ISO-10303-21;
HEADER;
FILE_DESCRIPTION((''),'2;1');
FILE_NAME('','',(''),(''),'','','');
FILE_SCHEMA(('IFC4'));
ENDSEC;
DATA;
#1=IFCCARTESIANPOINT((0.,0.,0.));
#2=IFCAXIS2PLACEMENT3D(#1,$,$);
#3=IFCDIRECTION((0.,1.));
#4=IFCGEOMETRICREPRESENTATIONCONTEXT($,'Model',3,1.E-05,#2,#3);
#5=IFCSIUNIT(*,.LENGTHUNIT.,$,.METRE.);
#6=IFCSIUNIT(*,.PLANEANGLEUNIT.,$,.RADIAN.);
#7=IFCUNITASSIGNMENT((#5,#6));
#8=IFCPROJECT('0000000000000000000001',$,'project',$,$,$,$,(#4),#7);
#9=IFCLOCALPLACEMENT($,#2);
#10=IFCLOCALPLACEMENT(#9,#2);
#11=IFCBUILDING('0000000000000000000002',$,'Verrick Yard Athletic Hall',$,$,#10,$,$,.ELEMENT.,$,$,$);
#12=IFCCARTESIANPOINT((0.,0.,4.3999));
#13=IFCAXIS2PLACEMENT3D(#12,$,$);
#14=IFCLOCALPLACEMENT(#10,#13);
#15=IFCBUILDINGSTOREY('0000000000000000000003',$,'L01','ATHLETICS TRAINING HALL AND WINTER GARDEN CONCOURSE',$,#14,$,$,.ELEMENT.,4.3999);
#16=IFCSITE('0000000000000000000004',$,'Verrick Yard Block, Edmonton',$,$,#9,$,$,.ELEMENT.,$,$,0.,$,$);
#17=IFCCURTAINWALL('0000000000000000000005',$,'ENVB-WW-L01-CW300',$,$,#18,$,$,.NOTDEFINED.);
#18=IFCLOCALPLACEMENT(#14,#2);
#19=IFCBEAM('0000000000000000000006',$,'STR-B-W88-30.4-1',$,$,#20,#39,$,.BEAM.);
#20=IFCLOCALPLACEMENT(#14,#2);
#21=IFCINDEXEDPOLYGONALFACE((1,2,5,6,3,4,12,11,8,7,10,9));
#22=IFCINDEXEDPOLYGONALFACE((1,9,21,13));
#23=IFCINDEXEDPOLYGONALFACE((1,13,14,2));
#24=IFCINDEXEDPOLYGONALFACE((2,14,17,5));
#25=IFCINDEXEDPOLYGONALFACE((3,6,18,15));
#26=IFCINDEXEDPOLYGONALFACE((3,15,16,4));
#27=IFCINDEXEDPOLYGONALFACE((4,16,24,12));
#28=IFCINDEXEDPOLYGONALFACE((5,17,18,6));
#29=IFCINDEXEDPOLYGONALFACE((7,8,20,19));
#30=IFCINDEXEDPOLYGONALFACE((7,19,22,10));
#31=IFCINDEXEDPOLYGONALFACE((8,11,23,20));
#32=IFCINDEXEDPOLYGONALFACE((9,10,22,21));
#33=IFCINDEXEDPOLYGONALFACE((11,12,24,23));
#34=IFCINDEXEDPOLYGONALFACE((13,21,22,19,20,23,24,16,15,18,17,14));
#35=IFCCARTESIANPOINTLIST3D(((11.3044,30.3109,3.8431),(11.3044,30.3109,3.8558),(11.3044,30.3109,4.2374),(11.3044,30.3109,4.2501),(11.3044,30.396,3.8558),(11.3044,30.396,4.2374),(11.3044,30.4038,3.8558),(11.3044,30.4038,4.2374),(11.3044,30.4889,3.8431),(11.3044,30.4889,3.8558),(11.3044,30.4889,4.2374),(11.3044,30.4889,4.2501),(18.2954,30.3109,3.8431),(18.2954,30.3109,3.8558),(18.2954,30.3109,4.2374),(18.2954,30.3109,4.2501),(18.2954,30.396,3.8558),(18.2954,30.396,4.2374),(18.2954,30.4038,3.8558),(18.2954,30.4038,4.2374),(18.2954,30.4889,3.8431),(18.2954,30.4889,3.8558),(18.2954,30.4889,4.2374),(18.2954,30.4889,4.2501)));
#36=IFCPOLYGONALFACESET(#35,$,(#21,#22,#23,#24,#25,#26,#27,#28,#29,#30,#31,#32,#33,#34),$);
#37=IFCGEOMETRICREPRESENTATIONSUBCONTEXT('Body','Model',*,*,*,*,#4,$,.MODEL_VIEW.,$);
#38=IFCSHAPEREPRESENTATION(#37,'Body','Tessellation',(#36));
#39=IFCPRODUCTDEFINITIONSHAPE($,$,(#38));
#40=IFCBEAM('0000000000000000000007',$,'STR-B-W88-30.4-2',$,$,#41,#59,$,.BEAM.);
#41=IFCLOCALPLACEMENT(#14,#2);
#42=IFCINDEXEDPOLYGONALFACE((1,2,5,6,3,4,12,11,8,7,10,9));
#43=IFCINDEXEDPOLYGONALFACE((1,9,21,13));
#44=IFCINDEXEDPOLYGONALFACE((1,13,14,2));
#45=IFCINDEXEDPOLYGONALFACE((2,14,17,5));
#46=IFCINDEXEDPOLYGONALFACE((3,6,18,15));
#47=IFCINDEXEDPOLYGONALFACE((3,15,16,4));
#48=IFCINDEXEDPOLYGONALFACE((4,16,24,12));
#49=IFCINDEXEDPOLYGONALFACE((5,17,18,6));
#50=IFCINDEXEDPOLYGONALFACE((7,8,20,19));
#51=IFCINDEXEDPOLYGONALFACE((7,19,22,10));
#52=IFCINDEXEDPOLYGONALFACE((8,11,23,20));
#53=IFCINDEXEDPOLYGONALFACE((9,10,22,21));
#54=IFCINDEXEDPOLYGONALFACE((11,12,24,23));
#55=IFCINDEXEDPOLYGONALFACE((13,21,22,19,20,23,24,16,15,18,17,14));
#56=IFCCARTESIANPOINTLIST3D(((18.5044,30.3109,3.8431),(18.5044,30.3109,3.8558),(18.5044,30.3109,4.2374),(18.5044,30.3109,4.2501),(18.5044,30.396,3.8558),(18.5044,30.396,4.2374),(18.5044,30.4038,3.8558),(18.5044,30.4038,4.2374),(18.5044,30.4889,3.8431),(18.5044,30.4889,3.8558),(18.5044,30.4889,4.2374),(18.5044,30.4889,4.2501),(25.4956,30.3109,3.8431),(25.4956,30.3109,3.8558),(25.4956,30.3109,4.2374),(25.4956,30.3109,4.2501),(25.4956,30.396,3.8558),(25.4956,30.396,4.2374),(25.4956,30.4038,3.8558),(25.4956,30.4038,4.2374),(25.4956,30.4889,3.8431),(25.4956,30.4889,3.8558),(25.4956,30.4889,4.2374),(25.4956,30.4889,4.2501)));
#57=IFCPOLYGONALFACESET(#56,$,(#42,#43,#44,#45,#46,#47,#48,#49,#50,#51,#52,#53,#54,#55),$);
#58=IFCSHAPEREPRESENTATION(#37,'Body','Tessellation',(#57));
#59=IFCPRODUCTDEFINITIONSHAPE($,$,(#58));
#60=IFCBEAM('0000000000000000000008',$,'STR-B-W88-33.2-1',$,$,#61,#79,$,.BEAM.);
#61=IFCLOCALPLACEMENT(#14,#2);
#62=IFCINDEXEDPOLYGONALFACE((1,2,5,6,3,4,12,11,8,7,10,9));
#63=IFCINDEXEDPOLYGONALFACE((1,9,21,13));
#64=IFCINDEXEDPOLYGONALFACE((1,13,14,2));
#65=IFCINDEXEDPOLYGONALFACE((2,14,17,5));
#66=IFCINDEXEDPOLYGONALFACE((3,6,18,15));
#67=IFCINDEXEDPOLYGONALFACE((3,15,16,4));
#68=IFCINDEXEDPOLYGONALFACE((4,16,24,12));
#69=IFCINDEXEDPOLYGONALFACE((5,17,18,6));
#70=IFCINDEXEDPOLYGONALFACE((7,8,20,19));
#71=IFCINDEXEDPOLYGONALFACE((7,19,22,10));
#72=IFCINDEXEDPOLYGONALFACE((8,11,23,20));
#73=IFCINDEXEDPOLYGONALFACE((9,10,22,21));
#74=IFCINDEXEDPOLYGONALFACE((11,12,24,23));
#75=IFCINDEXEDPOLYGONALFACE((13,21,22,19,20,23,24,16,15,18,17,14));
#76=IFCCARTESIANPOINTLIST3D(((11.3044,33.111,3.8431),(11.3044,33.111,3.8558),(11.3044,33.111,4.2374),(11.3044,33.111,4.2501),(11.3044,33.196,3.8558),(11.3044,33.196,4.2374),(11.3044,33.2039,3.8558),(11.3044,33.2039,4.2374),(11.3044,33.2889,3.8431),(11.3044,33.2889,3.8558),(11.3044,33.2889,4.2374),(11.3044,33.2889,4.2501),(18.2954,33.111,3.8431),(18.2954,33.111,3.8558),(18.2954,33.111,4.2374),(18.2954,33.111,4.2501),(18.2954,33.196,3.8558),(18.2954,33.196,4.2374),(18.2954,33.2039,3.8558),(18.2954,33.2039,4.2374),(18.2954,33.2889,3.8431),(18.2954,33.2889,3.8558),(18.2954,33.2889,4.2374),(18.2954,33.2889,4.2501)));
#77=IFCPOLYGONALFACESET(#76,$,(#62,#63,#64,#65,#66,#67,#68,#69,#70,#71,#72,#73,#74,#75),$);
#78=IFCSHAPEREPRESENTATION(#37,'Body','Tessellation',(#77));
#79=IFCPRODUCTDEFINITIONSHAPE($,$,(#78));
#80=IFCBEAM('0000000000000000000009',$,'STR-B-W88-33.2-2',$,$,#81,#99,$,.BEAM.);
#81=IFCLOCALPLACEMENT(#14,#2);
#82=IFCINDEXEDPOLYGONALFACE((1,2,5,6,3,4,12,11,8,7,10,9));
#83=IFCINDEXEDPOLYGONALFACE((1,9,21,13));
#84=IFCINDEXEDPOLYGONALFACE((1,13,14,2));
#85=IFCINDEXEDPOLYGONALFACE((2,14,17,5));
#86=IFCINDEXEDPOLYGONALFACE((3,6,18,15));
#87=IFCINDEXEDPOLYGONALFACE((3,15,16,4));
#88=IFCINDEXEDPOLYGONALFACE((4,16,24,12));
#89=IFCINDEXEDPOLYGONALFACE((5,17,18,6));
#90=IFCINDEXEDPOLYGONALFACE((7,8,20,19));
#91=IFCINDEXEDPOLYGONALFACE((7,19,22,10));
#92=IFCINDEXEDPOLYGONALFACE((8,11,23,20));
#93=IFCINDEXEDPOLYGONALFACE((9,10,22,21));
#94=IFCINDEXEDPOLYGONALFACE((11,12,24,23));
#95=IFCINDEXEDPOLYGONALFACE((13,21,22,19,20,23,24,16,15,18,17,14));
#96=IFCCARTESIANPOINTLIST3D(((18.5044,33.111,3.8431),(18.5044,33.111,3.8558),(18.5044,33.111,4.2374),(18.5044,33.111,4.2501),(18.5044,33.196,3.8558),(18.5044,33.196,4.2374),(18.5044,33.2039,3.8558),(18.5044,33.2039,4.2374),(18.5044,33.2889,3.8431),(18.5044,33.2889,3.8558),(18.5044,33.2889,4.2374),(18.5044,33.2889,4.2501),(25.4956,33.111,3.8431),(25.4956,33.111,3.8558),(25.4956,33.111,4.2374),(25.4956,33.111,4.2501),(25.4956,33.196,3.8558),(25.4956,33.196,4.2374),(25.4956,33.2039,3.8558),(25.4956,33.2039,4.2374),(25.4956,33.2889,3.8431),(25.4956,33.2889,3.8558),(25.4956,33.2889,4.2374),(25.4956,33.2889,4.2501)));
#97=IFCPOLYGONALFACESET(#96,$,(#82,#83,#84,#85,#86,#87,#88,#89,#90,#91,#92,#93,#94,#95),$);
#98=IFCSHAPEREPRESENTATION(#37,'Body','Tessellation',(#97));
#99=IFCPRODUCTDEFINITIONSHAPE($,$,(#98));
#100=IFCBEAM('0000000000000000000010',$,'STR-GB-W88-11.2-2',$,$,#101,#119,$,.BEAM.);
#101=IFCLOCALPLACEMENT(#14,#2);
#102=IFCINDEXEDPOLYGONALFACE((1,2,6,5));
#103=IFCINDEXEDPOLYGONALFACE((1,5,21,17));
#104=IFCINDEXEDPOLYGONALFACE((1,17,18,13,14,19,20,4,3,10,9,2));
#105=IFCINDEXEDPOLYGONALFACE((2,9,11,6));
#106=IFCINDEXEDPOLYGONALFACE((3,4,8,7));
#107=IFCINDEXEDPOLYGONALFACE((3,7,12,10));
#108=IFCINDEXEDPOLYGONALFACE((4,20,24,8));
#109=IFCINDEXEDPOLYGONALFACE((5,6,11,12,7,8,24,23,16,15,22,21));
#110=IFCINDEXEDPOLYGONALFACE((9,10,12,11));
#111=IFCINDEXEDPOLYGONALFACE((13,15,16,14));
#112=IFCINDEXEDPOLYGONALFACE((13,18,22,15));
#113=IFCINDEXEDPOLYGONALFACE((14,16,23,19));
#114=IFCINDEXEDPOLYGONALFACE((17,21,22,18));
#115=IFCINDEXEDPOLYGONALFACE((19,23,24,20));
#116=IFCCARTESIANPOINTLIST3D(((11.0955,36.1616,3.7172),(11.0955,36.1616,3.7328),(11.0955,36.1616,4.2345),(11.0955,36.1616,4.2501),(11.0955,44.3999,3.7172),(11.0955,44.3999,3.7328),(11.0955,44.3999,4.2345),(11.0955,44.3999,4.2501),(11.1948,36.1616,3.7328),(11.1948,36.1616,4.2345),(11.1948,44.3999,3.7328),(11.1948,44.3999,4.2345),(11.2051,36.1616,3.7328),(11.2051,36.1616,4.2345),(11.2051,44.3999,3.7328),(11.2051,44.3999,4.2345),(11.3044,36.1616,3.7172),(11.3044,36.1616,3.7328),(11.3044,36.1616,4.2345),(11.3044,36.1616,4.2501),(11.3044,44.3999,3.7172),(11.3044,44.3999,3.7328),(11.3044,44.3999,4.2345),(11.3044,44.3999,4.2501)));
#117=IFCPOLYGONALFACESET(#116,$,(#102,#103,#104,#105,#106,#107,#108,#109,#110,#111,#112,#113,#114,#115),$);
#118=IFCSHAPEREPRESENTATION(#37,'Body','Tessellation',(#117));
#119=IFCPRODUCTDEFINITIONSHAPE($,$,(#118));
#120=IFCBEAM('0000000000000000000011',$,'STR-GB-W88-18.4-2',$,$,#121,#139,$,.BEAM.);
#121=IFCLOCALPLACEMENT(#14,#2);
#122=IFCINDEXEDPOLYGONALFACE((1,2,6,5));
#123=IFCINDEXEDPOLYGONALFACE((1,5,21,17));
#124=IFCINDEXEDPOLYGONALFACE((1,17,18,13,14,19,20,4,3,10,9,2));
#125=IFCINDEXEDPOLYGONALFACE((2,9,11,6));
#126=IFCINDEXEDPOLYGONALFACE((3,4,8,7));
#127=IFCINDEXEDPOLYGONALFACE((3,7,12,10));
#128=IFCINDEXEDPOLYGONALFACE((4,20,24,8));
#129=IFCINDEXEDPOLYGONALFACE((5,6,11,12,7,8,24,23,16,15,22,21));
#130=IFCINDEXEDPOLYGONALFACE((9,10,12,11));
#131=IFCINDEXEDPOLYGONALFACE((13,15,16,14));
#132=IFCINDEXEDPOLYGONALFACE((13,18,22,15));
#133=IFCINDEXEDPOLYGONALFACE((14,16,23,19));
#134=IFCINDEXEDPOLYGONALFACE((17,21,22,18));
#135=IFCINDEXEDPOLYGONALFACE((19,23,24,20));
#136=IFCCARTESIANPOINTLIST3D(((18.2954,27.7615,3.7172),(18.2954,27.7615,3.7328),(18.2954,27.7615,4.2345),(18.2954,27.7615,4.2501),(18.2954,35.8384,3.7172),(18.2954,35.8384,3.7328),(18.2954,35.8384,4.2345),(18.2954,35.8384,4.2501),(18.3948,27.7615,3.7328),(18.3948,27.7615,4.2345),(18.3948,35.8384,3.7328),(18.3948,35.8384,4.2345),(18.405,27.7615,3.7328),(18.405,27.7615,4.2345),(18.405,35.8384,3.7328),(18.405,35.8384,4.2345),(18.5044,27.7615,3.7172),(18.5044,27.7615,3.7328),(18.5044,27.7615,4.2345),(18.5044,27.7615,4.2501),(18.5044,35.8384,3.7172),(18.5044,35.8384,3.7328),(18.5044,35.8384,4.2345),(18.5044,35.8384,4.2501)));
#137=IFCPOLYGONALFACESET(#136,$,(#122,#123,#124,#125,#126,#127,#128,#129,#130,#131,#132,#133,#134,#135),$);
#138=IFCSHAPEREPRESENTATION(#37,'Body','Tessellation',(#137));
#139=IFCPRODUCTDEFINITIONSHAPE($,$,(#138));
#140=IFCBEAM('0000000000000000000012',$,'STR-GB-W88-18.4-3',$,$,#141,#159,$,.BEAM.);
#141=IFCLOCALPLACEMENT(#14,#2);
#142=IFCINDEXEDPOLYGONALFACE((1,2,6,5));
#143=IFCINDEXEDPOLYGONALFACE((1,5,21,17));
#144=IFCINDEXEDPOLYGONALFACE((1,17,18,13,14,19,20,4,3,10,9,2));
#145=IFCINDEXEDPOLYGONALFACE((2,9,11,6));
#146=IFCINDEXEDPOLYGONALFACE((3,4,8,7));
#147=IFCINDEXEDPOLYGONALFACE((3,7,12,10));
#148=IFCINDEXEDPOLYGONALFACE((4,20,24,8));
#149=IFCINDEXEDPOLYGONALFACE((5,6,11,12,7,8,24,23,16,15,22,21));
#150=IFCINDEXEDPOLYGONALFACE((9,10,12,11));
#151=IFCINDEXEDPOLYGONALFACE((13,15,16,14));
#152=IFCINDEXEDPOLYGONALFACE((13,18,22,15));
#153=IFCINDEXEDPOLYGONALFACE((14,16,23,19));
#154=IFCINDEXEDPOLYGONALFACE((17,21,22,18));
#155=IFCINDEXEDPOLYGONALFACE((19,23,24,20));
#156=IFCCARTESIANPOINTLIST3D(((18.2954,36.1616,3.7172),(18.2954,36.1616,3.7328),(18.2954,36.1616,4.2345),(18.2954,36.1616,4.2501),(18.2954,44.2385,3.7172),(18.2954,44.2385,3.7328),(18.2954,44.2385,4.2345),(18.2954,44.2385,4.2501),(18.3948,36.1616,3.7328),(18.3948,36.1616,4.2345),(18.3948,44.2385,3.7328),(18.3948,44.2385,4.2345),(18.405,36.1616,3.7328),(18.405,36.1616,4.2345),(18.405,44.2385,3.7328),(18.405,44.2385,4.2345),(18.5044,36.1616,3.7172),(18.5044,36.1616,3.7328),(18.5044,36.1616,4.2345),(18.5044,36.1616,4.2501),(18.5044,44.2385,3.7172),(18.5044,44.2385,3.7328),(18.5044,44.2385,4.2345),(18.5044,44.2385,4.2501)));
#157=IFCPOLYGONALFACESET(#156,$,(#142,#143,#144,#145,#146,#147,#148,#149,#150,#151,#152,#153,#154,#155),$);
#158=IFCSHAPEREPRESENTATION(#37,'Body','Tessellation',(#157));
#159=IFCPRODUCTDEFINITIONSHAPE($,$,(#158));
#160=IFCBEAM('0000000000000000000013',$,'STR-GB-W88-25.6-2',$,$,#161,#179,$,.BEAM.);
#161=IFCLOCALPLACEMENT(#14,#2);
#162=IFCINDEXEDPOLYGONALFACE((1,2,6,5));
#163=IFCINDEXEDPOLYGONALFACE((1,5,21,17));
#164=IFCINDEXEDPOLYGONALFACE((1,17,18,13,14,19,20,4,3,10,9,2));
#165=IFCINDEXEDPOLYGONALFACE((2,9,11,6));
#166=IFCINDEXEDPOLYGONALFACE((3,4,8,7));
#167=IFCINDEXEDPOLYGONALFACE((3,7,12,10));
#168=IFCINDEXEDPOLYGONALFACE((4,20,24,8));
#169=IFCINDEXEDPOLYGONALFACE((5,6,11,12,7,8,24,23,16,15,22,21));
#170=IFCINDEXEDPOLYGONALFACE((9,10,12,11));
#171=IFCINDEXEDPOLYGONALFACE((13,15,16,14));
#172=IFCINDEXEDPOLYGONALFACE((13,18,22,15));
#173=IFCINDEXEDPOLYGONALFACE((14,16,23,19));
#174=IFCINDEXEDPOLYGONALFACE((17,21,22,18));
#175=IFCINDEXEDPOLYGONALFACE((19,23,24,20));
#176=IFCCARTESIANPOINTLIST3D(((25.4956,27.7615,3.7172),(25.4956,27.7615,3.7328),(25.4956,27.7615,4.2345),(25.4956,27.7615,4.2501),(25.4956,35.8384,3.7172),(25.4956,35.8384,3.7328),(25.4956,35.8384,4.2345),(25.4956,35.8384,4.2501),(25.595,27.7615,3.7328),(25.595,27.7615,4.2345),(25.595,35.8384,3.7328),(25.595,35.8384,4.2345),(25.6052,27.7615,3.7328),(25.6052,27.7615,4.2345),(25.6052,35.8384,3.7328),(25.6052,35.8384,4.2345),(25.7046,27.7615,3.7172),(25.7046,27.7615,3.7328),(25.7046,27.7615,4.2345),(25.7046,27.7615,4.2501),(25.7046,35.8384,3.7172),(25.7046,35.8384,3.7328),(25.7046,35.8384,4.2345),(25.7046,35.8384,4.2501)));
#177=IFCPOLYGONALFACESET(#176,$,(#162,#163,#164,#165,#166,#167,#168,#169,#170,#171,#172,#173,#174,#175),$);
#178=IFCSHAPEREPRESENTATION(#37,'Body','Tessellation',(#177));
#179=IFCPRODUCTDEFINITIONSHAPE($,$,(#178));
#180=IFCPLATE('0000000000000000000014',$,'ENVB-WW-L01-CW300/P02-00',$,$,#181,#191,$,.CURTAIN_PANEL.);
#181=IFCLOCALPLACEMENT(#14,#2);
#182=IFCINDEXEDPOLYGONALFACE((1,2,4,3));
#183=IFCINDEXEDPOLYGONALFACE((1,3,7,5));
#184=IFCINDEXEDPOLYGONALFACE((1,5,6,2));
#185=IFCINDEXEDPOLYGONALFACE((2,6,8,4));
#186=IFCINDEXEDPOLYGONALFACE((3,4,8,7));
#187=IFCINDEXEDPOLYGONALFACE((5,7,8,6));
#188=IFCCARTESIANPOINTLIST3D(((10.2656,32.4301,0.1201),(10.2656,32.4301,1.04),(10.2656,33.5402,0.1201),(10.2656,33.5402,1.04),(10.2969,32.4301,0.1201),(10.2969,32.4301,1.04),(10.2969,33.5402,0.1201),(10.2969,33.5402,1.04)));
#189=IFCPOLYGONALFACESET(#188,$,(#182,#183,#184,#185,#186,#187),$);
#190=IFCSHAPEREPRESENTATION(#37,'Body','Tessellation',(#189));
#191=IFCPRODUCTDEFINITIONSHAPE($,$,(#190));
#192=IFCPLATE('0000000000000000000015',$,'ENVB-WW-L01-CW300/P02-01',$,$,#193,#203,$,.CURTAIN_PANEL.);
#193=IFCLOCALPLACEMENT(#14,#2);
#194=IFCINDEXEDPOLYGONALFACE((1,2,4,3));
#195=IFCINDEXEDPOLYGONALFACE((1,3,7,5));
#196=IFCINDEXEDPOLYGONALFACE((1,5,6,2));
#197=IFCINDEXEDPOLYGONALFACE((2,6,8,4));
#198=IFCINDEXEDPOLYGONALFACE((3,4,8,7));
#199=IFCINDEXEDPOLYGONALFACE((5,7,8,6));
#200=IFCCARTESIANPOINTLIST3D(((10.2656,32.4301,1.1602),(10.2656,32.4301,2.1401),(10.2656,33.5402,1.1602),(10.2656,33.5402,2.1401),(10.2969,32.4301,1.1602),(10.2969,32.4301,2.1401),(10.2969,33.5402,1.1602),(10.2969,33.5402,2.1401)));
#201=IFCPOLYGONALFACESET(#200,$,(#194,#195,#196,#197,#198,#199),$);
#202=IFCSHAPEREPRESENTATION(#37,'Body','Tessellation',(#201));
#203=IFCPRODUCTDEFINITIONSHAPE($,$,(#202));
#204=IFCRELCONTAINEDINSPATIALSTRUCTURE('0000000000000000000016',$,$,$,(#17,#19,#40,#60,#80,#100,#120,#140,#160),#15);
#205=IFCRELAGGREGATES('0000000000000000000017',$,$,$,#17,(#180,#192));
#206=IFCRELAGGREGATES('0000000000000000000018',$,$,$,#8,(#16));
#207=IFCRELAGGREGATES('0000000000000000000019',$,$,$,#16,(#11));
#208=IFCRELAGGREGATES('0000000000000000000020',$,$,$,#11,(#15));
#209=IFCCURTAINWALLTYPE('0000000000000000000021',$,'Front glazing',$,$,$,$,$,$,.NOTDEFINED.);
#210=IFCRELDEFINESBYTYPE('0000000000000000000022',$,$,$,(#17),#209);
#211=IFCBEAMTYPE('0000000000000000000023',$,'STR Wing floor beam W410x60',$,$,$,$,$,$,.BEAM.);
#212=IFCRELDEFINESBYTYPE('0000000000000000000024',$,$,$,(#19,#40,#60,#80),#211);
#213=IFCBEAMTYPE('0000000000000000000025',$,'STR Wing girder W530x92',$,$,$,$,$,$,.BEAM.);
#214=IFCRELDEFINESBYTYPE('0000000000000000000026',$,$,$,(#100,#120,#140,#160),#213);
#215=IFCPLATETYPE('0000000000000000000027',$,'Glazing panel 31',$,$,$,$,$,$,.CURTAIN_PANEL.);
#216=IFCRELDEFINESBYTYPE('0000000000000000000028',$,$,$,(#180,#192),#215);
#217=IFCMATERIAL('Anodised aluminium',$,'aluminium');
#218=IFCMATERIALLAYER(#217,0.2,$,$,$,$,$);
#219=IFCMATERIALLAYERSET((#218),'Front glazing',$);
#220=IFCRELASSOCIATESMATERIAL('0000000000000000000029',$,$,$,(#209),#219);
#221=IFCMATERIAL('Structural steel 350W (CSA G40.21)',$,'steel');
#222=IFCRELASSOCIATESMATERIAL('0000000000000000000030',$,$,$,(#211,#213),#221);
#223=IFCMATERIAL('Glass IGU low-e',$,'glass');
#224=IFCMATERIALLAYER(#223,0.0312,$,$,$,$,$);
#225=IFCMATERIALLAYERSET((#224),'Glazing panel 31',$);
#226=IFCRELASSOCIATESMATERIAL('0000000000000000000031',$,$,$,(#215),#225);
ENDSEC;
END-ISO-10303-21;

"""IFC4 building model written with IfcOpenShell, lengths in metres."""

from ifc_helpers import new_model, si_unit, direction, frame, origin, origin_2d, place, context, subcontext, project, spatial, rectangle, i_section, extrude, material, layer, layer_set, material_profile, profile_set, type_object, element, aggregate, save


model = new_model("IFC4")

# Units and contexts
model_context = context("Model", 3, precision=1e-05, world=origin(), true_north=direction((0.0, 1.0)))
body_context = subcontext(model_context, "Body", "Model", "MODEL_VIEW")
ifc_project = project(units=[si_unit("LENGTHUNIT", "METRE"), si_unit("PLANEANGLEUNIT", "RADIAN")], contexts=[model_context])

# Site, building, storey
site_placement = place(None, origin())
site = spatial("IfcSite", under=ifc_project, at=site_placement, Name="Verrick Yard Block, Edmonton", CompositionType="ELEMENT", RefElevation=0.0)
building_placement = place(site_placement, origin())
building = spatial("IfcBuilding", under=site, at=building_placement, Name="Verrick Yard Athletic Hall", CompositionType="ELEMENT")
storey_placement = place(building_placement, frame((0.0, 0.0, 4.3999)))
storey = spatial("IfcBuildingStorey", under=building, at=storey_placement, Name="L01", Description="ATHLETICS TRAINING HALL AND WINTER GARDEN CONCOURSE", CompositionType="ELEMENT", Elevation=4.3999)

# Shared definitions
ifc_material_1 = material(Name="Structural steel 350W (CSA G40.21)", Category="steel")

# Curtain wall
ifc_material_2 = material(Name="Anodised aluminium", Category="aluminium")
ifc_layer_1 = layer(ifc_material_2, 0.2)
ifc_layer_set_1 = layer_set([ifc_layer_1], Name="Front glazing")
curtain_wall_type = type_object("IfcCurtainWallType", Name="Front glazing", PredefinedType="NOTDEFINED", material=ifc_layer_set_1)
curtain_wall_1_placement = place(storey_placement, origin())
curtain_wall_1 = element("IfcCurtainWall", 1, at=curtain_wall_1_placement, inside=storey, type_object=curtain_wall_type, Name="ENVB-WW-L01-CW300", PredefinedType="NOTDEFINED")

# Beams
ifc_material_profile_1 = material_profile(ifc_material_1, i_section(OverallWidth=0.178, OverallDepth=0.407, WebThickness=0.0078, FlangeThickness=0.0127, at=origin_2d()), Name="W410x60")
ifc_profile_set_1 = profile_set([ifc_material_profile_1], Name="Structural steel 350W (CSA G40.21)")
beam_type_1 = type_object("IfcBeamType", Name="STR Wing floor beam W410x60", PredefinedType="BEAM", material=ifc_profile_set_1)
beam_1_placement = place(storey_placement, frame((11.3044, 30.3999, 4.0466), z_axis=(1.0, 0.0, 0.0), x_axis=(0.0, 1.0, 0.0)))
element("IfcBeam", 2, at=beam_1_placement, inside=storey, type_object=beam_type_1, Name="STR-B-W88-30.4-1", PredefinedType="BEAM", context=body_context, shape_type="SweptSolid", body=[
    extrude(i_section(OverallWidth=0.178, OverallDepth=0.407, WebThickness=0.0078, FlangeThickness=0.0127, at=origin_2d()), origin(), (0.0, 0.0, 1.0), 6.991),
])
beam_2_placement = place(storey_placement, frame((18.5044, 30.3999, 4.0466), z_axis=(1.0, 0.0, 0.0), x_axis=(0.0, 1.0, 0.0)))
element("IfcBeam", 3, at=beam_2_placement, inside=storey, type_object=beam_type_1, Name="STR-B-W88-30.4-2", PredefinedType="BEAM", context=body_context, shape_type="SweptSolid", body=[
    extrude(i_section(OverallWidth=0.178, OverallDepth=0.407, WebThickness=0.0078, FlangeThickness=0.0127, at=origin_2d()), origin(), (0.0, 0.0, 1.0), 6.9912),
])
beam_3_placement = place(storey_placement, frame((11.3044, 33.2, 4.0466), z_axis=(1.0, 0.0, 0.0), x_axis=(0.0, 1.0, 0.0)))
element("IfcBeam", 4, at=beam_3_placement, inside=storey, type_object=beam_type_1, Name="STR-B-W88-33.2-1", PredefinedType="BEAM", context=body_context, shape_type="SweptSolid", body=[
    extrude(i_section(OverallWidth=0.178, OverallDepth=0.407, WebThickness=0.0078, FlangeThickness=0.0127, at=origin_2d()), origin(), (0.0, 0.0, 1.0), 6.991),
])
beam_4_placement = place(storey_placement, frame((18.5044, 33.2, 4.0466), z_axis=(1.0, 0.0, 0.0), x_axis=(0.0, 1.0, 0.0)))
element("IfcBeam", 5, at=beam_4_placement, inside=storey, type_object=beam_type_1, Name="STR-B-W88-33.2-2", PredefinedType="BEAM", context=body_context, shape_type="SweptSolid", body=[
    extrude(i_section(OverallWidth=0.178, OverallDepth=0.407, WebThickness=0.0078, FlangeThickness=0.0127, at=origin_2d()), origin(), (0.0, 0.0, 1.0), 6.9912),
])
ifc_material_profile_2 = material_profile(ifc_material_1, i_section(OverallWidth=0.209, OverallDepth=0.533, WebThickness=0.0103, FlangeThickness=0.0156, at=origin_2d()), Name="W530x92")
ifc_profile_set_2 = profile_set([ifc_material_profile_2], Name="Structural steel 350W (CSA G40.21)")
beam_type_2 = type_object("IfcBeamType", Name="STR Wing girder W530x92", PredefinedType="BEAM", material=ifc_profile_set_2)
beam_5_placement = place(storey_placement, frame((11.2, 36.1616, 3.9836), z_axis=(0.0, 1.0, 0.0), x_axis=(-1.0, 0.0, 0.0)))
element("IfcBeam", 6, at=beam_5_placement, inside=storey, type_object=beam_type_2, Name="STR-GB-W88-11.2-2", PredefinedType="BEAM", context=body_context, shape_type="SweptSolid", body=[
    extrude(i_section(OverallWidth=0.209, OverallDepth=0.533, WebThickness=0.0103, FlangeThickness=0.0156, at=origin_2d()), origin(), (0.0, 0.0, 1.0), 8.2383),
])
for number, where, z_axis, x_axis, name in (
    (7, (18.3999, 27.7615, 3.9836), (0.0, 1.0, 0.0), (-1.0, 0.0, 0.0), "STR-GB-W88-18.4-2"),
    (8, (18.3999, 36.1616, 3.9836), (0.0, 1.0, 0.0), (-1.0, 0.0, 0.0), "STR-GB-W88-18.4-3"),
    (9, (25.6001, 27.7615, 3.9836), (0.0, 1.0, 0.0), (-1.0, 0.0, 0.0), "STR-GB-W88-25.6-2"),
):
    element("IfcBeam", number, at=place(storey_placement, frame(where, z_axis=z_axis, x_axis=x_axis)), inside=storey, type_object=beam_type_2, Name=name, PredefinedType="BEAM", context=body_context, shape_type="SweptSolid", body=[
        extrude(i_section(OverallWidth=0.209, OverallDepth=0.533, WebThickness=0.0103, FlangeThickness=0.0156, at=origin_2d()), origin(), (0.0, 0.0, 1.0), 8.0769),
    ])

# Plates
ifc_material_3 = material(Name="Glass IGU low-e", Category="glass")
ifc_layer_2 = layer(ifc_material_3, 0.0312)
ifc_layer_set_2 = layer_set([ifc_layer_2], Name="Glazing panel 31")
plate_type = type_object("IfcPlateType", Name="Glazing panel 31", PredefinedType="CURTAIN_PANEL", material=ifc_layer_set_2)
plate_1_placement = place(storey_placement, frame((10.2812, 32.9851, 0.1201), z_axis=(0.0, 0.0, 1.0), x_axis=(0.0, 1.0, 0.0)))
plate_1 = element("IfcPlate", 10, at=plate_1_placement, type_object=plate_type, Name="ENVB-WW-L01-CW300/P02-00", PredefinedType="CURTAIN_PANEL", context=body_context, shape_type="SweptSolid", body=[
    extrude(rectangle(XDim=1.1101, YDim=0.0312, at=origin_2d()), origin(), (0.0, 0.0, 1.0), 0.9199),
])
plate_2_placement = place(storey_placement, frame((10.2812, 32.9851, 1.1602), z_axis=(0.0, 0.0, 1.0), x_axis=(0.0, 1.0, 0.0)))
plate_2 = element("IfcPlate", 11, at=plate_2_placement, type_object=plate_type, Name="ENVB-WW-L01-CW300/P02-01", PredefinedType="CURTAIN_PANEL", context=body_context, shape_type="SweptSolid", body=[
    extrude(rectangle(XDim=1.1101, YDim=0.0312, at=origin_2d()), origin(), (0.0, 0.0, 1.0), 0.98),
])
aggregate(curtain_wall_1, [plate_1, plate_2])

save(model, "model.ifc")
